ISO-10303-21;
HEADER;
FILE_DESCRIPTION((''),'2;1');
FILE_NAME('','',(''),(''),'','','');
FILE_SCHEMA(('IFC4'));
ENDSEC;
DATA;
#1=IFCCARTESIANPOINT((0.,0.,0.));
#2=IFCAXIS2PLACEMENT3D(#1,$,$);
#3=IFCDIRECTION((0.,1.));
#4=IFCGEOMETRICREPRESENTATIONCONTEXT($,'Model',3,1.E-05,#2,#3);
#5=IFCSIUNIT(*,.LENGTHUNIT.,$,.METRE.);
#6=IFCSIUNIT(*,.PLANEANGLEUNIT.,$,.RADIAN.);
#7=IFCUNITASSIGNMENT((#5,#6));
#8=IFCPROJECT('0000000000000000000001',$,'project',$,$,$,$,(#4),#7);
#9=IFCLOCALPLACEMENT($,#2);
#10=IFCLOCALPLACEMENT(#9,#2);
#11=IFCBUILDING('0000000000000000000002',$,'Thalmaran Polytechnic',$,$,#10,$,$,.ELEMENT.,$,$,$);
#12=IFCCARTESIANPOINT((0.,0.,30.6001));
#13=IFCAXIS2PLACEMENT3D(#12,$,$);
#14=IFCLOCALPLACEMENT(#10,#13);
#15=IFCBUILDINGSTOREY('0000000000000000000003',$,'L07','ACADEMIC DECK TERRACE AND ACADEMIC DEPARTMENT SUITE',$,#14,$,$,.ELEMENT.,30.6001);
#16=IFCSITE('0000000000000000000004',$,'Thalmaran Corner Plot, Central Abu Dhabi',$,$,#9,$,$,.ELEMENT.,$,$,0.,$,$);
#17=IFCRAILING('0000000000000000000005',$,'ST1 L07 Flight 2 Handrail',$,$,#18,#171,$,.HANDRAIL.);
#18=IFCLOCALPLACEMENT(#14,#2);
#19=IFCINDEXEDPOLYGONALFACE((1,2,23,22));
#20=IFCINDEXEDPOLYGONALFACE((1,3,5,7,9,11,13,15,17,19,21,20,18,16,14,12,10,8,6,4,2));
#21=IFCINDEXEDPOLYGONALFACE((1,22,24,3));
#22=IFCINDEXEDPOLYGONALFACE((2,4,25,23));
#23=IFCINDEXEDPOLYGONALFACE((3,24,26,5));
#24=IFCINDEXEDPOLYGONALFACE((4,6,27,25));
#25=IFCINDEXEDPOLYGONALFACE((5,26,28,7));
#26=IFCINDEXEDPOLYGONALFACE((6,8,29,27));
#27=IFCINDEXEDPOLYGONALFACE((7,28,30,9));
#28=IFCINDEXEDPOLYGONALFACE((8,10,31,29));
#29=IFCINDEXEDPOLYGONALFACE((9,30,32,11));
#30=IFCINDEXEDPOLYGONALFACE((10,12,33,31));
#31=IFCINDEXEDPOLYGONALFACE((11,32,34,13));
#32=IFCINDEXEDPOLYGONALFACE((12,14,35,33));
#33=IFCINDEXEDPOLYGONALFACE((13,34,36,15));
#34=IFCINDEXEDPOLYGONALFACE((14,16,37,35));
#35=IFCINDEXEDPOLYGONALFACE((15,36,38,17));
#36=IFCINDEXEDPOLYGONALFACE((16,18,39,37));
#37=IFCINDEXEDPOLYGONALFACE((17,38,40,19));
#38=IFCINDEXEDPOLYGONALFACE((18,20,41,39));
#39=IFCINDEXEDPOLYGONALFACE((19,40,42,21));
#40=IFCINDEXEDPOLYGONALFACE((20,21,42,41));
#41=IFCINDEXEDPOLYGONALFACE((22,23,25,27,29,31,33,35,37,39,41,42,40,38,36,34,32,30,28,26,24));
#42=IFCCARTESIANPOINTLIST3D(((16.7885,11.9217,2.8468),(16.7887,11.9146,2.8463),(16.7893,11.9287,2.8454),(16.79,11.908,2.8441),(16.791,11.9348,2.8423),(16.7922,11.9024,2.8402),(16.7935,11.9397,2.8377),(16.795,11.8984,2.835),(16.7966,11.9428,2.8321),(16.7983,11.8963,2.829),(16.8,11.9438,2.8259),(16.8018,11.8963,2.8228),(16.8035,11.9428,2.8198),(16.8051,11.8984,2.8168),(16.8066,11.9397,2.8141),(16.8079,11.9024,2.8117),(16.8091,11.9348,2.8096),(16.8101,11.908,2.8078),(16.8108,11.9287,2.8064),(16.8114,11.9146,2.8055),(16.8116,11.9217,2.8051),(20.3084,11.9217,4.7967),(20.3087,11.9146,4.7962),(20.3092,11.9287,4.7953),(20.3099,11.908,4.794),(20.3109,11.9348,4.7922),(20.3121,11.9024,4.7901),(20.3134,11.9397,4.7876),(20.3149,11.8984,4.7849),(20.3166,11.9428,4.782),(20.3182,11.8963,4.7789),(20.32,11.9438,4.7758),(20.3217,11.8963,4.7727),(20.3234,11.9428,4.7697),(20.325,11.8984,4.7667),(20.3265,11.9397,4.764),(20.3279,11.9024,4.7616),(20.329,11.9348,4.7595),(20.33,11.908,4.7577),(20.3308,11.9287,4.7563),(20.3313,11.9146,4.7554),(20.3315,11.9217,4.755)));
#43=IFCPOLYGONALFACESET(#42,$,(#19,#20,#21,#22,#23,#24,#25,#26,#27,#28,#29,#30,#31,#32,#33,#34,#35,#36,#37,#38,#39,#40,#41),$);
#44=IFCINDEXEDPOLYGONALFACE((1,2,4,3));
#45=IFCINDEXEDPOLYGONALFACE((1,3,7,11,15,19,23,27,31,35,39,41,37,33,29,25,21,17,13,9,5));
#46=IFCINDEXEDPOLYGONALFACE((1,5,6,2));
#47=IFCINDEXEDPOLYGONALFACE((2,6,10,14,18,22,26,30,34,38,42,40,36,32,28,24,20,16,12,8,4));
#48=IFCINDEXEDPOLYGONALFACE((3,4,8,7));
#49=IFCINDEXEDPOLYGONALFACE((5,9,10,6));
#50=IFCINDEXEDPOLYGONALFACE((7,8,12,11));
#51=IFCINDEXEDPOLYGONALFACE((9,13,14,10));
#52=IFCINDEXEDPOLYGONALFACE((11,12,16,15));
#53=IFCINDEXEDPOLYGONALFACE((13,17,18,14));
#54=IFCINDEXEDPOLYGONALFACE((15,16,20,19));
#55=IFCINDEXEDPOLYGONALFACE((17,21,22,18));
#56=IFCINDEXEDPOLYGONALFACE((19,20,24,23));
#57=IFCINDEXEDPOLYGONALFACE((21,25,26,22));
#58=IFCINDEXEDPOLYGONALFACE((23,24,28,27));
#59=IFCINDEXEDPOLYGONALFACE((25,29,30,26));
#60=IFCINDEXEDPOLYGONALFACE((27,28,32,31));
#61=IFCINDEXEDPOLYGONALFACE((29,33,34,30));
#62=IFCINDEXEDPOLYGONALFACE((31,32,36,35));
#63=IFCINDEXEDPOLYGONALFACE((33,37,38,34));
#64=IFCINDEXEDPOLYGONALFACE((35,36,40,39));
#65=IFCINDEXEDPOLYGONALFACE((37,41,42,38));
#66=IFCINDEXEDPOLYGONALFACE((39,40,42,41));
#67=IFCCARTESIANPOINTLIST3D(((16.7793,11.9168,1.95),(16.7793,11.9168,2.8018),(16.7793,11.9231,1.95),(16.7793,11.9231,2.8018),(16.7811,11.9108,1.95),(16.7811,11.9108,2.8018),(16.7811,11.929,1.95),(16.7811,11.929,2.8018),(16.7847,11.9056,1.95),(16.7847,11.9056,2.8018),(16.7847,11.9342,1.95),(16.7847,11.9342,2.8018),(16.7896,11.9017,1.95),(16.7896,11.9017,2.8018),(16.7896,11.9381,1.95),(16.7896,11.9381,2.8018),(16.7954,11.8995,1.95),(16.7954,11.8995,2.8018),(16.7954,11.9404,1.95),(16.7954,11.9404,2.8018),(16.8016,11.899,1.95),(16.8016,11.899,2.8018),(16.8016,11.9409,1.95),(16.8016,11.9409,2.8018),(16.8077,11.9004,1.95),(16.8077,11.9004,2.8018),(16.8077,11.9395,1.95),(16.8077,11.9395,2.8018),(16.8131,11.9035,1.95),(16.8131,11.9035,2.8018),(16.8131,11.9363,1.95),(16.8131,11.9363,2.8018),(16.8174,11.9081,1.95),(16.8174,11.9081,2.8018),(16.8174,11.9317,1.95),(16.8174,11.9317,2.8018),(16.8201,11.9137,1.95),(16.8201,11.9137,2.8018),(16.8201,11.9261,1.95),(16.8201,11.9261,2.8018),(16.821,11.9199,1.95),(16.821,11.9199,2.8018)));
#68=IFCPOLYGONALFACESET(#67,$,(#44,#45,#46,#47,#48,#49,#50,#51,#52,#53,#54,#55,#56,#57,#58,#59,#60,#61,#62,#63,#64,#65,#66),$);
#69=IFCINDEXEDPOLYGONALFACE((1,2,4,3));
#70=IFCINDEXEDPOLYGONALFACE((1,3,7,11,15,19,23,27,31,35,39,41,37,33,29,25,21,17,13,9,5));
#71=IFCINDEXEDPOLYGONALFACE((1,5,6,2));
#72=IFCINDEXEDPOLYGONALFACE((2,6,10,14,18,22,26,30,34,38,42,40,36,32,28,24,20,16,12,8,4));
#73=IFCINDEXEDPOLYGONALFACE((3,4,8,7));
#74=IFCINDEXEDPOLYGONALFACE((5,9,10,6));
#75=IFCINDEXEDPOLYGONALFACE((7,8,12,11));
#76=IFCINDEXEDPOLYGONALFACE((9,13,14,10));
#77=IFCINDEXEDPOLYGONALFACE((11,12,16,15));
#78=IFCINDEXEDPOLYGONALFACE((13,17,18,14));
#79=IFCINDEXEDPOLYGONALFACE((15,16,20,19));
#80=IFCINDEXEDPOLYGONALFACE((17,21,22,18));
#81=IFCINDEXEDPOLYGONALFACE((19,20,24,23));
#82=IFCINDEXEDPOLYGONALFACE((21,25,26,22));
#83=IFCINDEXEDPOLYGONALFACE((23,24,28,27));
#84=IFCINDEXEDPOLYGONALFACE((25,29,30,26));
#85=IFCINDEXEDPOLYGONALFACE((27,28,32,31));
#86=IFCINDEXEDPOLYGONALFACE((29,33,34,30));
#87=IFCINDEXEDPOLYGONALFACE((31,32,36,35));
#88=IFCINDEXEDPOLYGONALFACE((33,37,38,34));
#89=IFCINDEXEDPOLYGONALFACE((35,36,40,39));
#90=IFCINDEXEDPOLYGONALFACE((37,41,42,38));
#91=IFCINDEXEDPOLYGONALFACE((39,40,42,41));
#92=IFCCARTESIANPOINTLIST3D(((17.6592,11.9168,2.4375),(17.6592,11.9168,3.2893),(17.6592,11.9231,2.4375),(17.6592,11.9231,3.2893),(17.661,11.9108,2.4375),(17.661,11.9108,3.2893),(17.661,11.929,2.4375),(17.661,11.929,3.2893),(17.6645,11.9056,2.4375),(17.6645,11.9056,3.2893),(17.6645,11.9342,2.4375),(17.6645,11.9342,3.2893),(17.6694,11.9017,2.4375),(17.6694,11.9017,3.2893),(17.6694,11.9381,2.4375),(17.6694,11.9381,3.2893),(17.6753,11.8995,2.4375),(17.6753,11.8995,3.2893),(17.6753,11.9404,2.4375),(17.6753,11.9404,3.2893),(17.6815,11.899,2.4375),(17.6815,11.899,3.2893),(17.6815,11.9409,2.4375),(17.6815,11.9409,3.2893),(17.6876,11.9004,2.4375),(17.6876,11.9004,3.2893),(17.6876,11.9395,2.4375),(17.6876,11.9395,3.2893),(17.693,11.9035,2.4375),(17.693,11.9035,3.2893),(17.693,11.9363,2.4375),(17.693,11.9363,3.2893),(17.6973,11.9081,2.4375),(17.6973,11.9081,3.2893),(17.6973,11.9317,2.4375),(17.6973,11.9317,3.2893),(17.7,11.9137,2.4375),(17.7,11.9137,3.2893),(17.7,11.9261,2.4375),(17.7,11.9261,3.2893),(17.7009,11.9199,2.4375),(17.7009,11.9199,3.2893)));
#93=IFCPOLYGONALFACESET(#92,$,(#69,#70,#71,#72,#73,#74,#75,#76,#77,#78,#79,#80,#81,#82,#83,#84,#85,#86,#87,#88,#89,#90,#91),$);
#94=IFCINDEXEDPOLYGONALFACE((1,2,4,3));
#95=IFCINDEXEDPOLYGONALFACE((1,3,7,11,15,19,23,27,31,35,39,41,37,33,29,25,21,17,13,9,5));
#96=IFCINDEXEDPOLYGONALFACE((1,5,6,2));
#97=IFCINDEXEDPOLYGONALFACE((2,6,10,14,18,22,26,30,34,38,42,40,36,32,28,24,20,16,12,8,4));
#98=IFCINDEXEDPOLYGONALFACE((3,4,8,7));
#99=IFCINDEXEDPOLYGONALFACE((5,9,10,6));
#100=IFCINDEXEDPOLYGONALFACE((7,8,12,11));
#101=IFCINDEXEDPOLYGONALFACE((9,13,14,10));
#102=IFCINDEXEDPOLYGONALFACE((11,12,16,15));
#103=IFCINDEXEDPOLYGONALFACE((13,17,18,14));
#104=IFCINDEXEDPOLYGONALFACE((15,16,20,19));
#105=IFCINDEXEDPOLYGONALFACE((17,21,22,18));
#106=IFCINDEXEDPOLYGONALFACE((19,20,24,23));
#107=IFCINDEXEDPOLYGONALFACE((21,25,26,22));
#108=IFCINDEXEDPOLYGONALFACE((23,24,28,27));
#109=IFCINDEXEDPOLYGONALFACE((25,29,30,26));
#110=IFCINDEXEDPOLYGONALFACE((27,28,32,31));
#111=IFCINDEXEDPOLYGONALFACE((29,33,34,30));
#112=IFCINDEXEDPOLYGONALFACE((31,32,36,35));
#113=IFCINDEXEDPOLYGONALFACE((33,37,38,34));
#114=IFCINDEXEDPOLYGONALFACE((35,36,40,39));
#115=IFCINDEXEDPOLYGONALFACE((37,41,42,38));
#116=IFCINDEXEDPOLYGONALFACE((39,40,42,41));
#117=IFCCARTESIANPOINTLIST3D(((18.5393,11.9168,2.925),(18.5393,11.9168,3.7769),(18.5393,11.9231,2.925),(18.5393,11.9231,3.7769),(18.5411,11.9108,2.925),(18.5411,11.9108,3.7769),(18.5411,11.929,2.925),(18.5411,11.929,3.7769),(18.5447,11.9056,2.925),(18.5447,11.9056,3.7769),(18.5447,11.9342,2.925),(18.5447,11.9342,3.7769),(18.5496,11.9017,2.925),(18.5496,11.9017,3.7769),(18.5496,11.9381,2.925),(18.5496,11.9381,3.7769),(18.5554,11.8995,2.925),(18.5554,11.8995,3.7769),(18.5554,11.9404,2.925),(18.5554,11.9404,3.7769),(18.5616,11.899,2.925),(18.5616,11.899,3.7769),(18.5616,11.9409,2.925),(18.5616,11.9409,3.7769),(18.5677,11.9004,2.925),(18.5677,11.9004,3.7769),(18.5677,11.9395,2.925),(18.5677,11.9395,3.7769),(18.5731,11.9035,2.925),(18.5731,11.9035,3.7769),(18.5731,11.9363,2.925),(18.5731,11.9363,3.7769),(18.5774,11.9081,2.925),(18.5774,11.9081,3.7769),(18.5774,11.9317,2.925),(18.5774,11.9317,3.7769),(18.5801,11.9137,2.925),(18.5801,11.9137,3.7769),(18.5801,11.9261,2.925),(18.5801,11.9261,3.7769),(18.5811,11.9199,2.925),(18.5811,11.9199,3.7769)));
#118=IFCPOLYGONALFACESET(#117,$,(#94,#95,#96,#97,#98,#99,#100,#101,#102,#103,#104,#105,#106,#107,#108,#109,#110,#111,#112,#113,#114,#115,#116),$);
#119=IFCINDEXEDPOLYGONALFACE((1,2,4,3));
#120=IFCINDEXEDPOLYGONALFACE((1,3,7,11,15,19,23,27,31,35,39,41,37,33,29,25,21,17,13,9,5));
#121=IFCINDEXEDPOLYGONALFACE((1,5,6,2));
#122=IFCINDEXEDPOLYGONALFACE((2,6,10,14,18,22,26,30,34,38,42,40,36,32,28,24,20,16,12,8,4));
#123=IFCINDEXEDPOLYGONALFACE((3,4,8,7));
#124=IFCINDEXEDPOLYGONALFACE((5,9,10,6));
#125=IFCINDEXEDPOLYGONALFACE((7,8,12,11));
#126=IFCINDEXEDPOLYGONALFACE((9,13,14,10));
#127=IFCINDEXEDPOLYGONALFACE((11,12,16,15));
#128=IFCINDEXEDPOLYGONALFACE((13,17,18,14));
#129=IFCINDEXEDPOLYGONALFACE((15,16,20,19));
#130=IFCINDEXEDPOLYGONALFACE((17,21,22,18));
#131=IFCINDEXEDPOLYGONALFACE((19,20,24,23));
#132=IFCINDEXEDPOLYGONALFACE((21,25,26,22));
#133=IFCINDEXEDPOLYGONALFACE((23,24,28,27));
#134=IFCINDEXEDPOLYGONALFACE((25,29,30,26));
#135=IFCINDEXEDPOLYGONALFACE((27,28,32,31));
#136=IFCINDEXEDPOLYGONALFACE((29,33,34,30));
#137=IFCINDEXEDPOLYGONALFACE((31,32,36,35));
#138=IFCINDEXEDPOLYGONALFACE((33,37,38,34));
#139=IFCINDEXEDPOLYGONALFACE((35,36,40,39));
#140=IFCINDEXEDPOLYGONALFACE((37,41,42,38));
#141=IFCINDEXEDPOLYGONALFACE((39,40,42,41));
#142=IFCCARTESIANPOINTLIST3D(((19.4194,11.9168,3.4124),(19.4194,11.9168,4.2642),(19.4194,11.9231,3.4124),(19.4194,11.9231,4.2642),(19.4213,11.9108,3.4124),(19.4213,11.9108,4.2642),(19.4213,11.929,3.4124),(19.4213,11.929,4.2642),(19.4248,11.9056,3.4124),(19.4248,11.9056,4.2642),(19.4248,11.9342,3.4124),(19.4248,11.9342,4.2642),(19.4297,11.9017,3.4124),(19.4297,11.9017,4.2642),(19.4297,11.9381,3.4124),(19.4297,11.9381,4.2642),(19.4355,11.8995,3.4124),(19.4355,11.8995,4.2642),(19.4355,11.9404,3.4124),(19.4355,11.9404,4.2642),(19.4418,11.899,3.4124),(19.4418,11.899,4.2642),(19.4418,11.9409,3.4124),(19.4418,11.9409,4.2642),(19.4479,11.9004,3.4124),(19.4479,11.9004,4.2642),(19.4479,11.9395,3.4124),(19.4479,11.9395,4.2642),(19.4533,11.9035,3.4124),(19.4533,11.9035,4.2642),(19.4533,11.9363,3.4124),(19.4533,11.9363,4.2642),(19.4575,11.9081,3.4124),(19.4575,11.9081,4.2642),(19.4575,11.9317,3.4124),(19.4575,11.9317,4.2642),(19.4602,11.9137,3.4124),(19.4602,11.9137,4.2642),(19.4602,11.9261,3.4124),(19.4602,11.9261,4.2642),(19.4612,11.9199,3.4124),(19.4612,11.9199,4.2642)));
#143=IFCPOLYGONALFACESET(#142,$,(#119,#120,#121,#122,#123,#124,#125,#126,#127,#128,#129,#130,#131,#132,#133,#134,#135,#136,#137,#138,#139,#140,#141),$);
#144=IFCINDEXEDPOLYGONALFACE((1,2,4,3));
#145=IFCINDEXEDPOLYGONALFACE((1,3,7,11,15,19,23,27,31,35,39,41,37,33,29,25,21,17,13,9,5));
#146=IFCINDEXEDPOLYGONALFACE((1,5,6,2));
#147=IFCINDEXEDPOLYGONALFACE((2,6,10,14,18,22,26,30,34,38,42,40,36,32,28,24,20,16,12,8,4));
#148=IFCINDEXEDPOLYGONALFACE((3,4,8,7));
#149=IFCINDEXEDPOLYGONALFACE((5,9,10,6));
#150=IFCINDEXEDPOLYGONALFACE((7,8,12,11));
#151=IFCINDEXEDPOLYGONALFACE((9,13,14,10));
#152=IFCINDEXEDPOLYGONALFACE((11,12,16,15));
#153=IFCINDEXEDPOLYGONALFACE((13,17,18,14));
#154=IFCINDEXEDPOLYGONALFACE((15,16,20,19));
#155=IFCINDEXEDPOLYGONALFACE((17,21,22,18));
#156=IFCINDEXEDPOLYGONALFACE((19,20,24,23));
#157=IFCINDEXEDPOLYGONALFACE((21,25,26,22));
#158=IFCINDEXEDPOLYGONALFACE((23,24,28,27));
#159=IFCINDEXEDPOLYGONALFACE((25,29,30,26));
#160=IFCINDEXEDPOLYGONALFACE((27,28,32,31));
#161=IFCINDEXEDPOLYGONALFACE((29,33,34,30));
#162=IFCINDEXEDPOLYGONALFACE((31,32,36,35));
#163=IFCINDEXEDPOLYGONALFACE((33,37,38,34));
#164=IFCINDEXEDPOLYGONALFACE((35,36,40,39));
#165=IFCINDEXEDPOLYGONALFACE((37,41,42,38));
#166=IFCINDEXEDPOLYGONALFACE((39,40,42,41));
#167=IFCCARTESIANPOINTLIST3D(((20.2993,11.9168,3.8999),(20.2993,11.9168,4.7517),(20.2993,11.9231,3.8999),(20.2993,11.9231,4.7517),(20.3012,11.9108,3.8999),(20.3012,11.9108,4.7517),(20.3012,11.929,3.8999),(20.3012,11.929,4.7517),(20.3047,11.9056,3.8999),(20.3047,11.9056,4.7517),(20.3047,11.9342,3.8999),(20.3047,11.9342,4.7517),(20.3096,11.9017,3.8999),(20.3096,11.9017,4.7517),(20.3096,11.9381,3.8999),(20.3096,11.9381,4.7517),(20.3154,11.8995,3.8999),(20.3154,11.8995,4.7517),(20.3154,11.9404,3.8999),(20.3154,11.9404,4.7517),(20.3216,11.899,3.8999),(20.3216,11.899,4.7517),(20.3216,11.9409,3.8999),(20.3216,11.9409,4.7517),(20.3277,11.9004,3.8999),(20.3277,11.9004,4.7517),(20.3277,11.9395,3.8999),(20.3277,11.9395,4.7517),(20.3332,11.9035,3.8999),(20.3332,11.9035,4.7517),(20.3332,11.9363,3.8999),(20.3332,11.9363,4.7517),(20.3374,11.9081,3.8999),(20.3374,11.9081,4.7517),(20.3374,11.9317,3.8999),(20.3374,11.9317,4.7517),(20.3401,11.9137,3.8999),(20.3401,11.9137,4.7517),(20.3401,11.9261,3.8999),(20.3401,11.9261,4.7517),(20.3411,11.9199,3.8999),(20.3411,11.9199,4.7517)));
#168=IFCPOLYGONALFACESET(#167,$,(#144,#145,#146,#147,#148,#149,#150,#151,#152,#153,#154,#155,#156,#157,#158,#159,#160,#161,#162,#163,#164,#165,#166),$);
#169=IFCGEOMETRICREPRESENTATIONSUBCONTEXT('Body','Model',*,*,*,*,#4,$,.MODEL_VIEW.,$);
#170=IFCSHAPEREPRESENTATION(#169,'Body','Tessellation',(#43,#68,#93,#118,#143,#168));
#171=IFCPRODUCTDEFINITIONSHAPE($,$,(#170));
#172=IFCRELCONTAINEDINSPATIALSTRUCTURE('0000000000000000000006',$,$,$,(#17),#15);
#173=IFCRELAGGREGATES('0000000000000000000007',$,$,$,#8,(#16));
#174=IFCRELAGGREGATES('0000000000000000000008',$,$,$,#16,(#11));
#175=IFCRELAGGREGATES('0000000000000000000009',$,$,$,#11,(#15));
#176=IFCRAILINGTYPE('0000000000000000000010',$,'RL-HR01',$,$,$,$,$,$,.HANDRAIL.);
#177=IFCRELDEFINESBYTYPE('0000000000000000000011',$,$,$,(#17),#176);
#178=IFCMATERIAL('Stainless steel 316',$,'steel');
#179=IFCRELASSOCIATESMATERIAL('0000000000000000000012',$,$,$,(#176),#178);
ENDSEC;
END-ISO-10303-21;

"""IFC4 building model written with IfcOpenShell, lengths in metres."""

from ifc_helpers import new_model, si_unit, direction, frame, origin, origin_2d, place, context, subcontext, project, spatial, circle, extrude, material, type_object, element, save


model = new_model("IFC4")

# Units and contexts
model_context = context("Model", 3, precision=1e-05, world=origin(), true_north=direction((0.0, 1.0)))
body_context = subcontext(model_context, "Body", "Model", "MODEL_VIEW")
ifc_project = project(units=[si_unit("LENGTHUNIT", "METRE"), si_unit("PLANEANGLEUNIT", "RADIAN")], contexts=[model_context])

# Site, building, storey
site_placement = place(None, origin())
site = spatial("IfcSite", under=ifc_project, at=site_placement, Name="Thalmaran Corner Plot, Central Abu Dhabi", CompositionType="ELEMENT", RefElevation=0.0)
building_placement = place(site_placement, origin())
building = spatial("IfcBuilding", under=site, at=building_placement, Name="Thalmaran Polytechnic", CompositionType="ELEMENT")
storey_placement = place(building_placement, frame((0.0, 0.0, 30.6001)))
storey = spatial("IfcBuildingStorey", under=building, at=storey_placement, Name="L07", Description="ACADEMIC DECK TERRACE AND ACADEMIC DEPARTMENT SUITE", CompositionType="ELEMENT", Elevation=30.6001)

# Railing
ifc_material_1 = material(Name="Stainless steel 316", Category="steel")
railing_type = type_object("IfcRailingType", Name="RL-HR01", PredefinedType="HANDRAIL", material=ifc_material_1)
railing_placement = place(storey_placement, frame((16.8, 11.9199, 1.95)))
element("IfcRailing", 1, at=railing_placement, inside=storey, type_object=railing_type, Name="ST1 L07 Flight 2 Handrail", PredefinedType="HANDRAIL", context=body_context, shape_type="SweptSolid", body=[
    extrude(circle(Radius=0.0239, at=origin_2d()), frame((0.0, 0.0, 0.876), z_axis=(0.874749, 0.0, 0.484576), x_axis=(0.0, 1.0, 0.0)), (0.0, 0.0, 1.0), 4.0239),
    extrude(circle(Radius=0.021, at=origin_2d()), origin(), (0.0, 0.0, 1.0), 0.8518),
    extrude(circle(Radius=0.021, at=origin_2d()), frame((0.8799, 0.0, 0.4875)), (0.0, 0.0, 1.0), 0.8518),
    extrude(circle(Radius=0.021, at=origin_2d()), frame((1.76, 0.0, 0.9751)), (0.0, 0.0, 1.0), 0.8518),
    extrude(circle(Radius=0.021, at=origin_2d()), frame((2.6401, 0.0, 1.4624)), (0.0, 0.0, 1.0), 0.8518),
    extrude(circle(Radius=0.021, at=origin_2d()), frame((3.52, 0.0, 1.95)), (0.0, 0.0, 1.0), 0.8518),
])

save(model, "model.ifc")
